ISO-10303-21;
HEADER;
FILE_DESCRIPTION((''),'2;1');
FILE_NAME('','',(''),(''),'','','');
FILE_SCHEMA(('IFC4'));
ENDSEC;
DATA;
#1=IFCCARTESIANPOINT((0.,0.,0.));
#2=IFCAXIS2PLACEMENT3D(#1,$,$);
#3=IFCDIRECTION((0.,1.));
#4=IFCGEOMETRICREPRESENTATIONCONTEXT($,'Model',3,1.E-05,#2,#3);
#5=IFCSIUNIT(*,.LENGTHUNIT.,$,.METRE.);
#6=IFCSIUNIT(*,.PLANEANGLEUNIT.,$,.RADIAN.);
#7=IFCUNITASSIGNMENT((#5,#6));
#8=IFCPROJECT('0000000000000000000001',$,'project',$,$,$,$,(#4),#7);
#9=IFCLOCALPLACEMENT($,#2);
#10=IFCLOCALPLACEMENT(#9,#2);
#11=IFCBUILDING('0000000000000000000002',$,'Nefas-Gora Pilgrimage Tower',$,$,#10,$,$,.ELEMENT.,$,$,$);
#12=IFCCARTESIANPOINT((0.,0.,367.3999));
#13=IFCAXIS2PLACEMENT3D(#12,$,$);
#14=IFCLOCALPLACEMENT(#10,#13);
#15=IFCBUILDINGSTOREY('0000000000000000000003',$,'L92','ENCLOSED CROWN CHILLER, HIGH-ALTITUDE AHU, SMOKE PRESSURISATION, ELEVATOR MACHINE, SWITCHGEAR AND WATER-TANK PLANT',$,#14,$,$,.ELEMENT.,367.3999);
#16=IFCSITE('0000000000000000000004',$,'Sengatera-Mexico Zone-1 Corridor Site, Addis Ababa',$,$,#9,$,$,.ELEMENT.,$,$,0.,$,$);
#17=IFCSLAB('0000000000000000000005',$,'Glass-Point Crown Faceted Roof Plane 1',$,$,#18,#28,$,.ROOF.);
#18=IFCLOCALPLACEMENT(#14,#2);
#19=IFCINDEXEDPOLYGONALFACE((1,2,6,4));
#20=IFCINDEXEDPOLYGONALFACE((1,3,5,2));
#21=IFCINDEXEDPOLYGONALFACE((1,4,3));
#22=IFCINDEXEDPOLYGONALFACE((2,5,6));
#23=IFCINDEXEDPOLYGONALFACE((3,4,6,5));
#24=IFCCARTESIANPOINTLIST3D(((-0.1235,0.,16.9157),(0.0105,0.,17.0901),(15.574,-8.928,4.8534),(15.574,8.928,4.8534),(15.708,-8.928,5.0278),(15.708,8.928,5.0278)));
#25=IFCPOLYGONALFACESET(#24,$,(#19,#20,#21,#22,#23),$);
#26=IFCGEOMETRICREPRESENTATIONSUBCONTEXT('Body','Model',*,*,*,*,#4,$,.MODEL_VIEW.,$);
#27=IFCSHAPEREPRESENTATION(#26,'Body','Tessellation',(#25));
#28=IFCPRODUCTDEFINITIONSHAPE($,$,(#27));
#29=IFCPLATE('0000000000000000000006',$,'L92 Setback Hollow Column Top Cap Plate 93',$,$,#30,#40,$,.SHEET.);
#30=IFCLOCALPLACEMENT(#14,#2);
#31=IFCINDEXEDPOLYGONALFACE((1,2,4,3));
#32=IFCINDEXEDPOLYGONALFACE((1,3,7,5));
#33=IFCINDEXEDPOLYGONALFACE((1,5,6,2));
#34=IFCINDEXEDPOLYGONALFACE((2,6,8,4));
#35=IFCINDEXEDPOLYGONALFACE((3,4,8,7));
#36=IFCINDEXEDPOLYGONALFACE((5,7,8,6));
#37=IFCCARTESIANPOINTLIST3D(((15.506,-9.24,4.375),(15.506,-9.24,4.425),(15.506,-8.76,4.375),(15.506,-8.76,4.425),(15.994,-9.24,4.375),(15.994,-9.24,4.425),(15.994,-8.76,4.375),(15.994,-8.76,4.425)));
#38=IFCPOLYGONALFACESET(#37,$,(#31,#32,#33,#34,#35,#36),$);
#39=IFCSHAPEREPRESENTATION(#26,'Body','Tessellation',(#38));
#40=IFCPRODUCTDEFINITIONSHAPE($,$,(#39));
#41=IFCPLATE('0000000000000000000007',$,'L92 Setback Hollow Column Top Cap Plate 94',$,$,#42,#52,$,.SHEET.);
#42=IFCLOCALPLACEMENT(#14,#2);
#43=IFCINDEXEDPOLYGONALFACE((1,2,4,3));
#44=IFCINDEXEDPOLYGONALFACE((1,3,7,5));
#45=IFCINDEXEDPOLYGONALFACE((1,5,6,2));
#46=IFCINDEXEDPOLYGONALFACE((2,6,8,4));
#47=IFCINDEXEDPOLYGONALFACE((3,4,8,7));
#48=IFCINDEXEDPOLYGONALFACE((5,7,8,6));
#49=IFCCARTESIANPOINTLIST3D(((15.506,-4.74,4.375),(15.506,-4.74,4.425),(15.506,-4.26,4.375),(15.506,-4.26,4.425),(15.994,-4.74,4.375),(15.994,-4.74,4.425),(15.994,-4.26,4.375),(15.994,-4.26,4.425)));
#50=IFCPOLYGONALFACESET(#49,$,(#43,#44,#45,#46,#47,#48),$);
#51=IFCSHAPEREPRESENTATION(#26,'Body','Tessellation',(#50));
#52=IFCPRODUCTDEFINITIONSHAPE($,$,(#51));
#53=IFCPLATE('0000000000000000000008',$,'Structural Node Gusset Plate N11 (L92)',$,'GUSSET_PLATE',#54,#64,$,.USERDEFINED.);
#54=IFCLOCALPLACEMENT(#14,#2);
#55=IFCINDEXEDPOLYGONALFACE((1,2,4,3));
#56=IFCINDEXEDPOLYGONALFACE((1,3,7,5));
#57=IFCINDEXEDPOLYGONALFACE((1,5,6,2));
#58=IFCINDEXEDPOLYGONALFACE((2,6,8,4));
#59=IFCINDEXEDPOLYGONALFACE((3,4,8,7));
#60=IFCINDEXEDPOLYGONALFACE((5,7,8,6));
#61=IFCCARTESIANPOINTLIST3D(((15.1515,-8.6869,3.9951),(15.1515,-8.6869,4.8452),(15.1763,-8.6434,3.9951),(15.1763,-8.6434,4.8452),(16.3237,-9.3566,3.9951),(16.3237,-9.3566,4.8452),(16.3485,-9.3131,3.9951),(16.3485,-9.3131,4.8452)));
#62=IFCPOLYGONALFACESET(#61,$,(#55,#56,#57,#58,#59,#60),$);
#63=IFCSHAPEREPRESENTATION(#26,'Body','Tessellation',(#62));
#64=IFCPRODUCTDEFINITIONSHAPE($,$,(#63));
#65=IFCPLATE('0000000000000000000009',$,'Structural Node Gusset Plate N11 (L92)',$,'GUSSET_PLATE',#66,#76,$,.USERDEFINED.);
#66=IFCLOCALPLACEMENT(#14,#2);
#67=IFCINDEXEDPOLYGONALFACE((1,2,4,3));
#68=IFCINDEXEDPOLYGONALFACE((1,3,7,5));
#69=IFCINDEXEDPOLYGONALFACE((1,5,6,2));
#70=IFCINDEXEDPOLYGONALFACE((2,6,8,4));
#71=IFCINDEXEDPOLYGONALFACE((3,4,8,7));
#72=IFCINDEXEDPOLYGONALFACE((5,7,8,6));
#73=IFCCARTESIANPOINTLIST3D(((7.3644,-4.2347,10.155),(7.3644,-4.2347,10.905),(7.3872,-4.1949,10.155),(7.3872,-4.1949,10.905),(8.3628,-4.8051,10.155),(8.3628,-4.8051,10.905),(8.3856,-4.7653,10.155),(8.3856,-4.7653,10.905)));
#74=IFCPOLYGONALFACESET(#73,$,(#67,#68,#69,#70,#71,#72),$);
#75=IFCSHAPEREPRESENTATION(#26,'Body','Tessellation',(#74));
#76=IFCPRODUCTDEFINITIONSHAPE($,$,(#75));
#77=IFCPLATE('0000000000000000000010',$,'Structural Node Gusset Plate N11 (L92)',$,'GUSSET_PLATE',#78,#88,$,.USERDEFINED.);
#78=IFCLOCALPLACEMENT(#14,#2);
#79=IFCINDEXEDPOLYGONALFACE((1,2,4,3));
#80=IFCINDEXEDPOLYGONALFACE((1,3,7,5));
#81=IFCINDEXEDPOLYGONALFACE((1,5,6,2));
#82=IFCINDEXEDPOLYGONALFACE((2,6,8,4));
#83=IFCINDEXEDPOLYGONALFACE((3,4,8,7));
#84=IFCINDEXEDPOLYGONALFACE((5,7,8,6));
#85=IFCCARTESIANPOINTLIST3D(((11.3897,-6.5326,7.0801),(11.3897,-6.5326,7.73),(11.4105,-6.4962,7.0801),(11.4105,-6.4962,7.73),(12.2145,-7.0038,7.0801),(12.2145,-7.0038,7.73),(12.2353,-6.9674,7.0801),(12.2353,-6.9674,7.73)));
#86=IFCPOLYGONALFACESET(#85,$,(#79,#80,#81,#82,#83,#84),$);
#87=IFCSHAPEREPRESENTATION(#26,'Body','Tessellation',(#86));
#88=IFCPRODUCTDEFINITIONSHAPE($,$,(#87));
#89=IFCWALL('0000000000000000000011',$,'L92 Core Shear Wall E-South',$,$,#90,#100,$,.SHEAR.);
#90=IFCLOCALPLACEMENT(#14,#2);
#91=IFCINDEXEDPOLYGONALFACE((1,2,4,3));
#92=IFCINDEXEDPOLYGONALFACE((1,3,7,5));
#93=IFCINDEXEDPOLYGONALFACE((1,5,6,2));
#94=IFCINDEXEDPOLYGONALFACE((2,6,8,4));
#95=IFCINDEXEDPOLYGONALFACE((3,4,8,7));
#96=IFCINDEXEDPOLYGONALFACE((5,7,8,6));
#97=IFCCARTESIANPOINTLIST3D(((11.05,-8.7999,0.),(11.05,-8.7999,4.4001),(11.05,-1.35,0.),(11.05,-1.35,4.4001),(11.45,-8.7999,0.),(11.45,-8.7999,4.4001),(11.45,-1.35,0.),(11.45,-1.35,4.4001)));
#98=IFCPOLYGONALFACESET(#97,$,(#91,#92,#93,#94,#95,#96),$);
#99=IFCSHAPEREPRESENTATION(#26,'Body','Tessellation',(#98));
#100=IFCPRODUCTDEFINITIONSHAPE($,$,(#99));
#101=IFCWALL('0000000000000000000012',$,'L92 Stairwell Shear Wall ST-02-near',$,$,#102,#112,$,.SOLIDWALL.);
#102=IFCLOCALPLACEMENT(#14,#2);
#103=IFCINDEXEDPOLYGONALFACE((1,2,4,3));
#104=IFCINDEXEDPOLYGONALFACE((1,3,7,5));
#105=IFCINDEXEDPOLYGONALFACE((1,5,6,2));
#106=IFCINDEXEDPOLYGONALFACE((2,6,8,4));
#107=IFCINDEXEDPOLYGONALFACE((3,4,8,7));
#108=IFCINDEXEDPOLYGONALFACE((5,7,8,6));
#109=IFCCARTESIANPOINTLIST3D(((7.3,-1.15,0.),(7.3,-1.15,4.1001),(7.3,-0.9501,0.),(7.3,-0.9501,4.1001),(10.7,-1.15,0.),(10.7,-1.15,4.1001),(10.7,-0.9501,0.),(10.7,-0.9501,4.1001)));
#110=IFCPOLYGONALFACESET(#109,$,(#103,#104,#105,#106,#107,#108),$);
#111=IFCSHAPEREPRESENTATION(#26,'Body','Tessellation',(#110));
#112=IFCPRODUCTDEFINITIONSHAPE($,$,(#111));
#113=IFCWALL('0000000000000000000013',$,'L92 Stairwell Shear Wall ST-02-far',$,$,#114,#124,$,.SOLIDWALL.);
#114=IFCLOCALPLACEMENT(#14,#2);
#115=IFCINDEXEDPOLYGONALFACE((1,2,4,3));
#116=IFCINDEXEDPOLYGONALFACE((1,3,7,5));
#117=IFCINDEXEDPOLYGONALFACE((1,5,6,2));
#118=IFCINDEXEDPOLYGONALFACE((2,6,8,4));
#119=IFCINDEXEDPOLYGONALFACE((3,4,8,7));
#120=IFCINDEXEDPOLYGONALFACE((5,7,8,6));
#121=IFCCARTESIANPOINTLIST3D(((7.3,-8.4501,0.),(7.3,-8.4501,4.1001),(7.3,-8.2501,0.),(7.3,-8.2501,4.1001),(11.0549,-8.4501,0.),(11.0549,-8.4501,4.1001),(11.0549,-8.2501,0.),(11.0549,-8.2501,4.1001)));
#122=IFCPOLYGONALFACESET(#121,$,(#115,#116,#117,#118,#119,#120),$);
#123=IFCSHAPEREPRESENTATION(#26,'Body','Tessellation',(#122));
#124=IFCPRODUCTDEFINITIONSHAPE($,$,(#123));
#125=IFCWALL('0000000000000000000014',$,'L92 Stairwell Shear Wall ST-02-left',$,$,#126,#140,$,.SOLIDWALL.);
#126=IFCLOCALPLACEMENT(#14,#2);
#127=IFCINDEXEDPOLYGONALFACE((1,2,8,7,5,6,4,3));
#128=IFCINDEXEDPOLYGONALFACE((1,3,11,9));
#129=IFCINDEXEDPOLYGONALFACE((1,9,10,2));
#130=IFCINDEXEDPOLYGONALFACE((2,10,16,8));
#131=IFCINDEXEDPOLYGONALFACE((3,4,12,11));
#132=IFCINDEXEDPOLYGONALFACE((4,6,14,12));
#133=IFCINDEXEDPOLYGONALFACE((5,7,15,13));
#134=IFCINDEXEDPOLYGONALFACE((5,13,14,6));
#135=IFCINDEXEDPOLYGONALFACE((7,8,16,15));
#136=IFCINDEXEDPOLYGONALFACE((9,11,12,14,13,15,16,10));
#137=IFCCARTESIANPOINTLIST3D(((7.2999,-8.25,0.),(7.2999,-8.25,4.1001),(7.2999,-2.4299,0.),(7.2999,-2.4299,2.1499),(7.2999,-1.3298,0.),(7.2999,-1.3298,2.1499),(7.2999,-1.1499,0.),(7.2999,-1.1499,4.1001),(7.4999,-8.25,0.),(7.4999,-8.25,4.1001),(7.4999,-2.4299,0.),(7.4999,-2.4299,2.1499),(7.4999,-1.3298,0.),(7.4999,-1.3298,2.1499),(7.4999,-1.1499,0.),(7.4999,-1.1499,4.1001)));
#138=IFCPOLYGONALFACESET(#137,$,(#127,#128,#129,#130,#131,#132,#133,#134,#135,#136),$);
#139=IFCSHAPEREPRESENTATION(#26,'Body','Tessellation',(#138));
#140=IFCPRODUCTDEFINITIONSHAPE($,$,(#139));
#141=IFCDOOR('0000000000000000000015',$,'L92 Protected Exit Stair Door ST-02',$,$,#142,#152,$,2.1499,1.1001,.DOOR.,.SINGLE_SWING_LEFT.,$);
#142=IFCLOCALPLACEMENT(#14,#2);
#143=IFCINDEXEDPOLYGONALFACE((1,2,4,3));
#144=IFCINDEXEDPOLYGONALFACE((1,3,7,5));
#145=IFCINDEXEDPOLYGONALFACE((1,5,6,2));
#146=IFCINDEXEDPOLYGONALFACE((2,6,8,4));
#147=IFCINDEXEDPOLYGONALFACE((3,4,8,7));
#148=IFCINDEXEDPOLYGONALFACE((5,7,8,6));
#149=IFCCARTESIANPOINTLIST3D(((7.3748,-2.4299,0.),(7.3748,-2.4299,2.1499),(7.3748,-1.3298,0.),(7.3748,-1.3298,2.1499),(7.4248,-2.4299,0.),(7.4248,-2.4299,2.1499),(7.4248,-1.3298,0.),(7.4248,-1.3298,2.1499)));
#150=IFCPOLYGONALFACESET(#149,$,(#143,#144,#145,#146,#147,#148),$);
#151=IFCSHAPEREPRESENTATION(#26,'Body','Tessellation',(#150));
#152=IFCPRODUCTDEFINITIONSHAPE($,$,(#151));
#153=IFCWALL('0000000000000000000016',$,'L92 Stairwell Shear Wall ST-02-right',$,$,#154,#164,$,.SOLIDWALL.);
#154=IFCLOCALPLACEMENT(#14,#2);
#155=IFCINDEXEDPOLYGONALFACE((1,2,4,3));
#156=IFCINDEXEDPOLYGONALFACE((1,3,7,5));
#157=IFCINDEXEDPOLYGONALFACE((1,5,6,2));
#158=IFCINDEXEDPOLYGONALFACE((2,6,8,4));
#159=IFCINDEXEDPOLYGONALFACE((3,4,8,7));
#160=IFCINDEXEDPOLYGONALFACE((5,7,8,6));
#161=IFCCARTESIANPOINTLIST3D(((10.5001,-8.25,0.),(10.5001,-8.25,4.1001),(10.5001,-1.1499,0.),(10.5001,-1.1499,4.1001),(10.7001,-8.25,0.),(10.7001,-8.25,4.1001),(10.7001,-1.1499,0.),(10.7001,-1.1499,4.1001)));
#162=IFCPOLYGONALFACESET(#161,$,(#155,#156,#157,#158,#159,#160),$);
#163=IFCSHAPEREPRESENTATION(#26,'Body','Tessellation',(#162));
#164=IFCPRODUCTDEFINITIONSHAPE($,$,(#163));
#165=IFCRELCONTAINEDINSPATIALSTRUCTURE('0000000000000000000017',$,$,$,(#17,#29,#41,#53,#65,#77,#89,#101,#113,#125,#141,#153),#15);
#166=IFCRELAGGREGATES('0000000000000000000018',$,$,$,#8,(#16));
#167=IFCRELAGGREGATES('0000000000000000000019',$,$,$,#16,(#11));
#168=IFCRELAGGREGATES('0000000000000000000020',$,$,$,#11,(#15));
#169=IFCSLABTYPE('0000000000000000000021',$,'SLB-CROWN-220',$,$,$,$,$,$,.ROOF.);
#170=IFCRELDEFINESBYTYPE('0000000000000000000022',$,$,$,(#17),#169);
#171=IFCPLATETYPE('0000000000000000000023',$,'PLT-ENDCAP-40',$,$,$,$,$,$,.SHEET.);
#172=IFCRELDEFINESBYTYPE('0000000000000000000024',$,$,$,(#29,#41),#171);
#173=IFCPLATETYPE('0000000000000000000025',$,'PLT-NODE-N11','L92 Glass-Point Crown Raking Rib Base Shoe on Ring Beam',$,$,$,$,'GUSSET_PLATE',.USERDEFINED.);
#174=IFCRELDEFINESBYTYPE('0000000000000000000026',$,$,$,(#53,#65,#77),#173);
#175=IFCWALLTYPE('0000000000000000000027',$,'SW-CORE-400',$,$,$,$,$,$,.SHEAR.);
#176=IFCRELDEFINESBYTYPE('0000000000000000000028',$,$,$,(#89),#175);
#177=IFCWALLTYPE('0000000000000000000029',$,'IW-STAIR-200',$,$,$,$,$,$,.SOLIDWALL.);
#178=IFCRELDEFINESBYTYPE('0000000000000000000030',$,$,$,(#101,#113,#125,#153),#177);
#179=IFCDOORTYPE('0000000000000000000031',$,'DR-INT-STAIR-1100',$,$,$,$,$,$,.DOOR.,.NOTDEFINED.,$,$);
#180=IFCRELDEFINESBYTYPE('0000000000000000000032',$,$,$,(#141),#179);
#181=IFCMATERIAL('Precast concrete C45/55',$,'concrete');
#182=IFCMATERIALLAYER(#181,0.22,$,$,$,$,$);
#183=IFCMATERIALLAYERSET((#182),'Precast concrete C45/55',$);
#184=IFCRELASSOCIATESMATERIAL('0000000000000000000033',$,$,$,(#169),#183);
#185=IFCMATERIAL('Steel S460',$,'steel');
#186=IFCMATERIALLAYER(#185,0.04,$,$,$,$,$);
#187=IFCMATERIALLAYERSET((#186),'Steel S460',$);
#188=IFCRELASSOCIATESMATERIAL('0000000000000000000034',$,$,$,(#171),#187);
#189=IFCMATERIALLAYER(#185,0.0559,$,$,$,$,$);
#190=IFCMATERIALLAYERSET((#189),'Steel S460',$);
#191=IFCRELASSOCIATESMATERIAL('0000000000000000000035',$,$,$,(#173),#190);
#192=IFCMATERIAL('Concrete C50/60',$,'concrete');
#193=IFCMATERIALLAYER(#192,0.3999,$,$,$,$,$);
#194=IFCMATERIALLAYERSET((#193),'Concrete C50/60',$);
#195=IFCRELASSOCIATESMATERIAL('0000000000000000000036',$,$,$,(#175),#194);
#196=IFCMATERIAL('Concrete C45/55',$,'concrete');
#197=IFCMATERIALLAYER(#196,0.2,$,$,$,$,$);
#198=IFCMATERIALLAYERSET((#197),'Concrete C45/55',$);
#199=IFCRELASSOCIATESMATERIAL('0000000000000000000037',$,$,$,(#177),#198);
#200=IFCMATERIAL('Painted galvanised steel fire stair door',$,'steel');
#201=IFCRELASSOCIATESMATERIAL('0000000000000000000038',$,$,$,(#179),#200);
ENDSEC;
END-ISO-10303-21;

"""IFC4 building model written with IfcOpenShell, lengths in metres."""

from ifc_helpers import new_model, si_unit, direction, frame, frame_2d, origin, origin_2d, place, context, subcontext, project, spatial, polyline, rectangle, outline, extrude, source, transform, mapped, material, layer, layer_set, type_object, element, fill, save


model = new_model("IFC4")

# Units and contexts
model_context = context("Model", 3, precision=1e-05, world=origin(), true_north=direction((0.0, 1.0)))
body_context = subcontext(model_context, "Body", "Model", "MODEL_VIEW")
ifc_project = project(units=[si_unit("LENGTHUNIT", "METRE"), si_unit("PLANEANGLEUNIT", "RADIAN")], contexts=[model_context])

# Site, building, storey
site_placement = place(None, origin())
site = spatial("IfcSite", under=ifc_project, at=site_placement, Name="Sengatera-Mexico Zone-1 Corridor Site, Addis Ababa", CompositionType="ELEMENT", RefElevation=0.0)
building_placement = place(site_placement, origin())
building = spatial("IfcBuilding", under=site, at=building_placement, Name="Nefas-Gora Pilgrimage Tower", CompositionType="ELEMENT")
storey_placement = place(building_placement, frame((0.0, 0.0, 367.3999)))
storey = spatial("IfcBuildingStorey", under=building, at=storey_placement, Name="L92", Description="ENCLOSED CROWN CHILLER, HIGH-ALTITUDE AHU, SMOKE PRESSURISATION, ELEVATOR MACHINE, SWITCHGEAR AND WATER-TANK PLANT", CompositionType="ELEMENT", Elevation=367.3999)

# Shared definitions
ifc_material_1 = material(Name="Concrete C50/60", Category="concrete")

# Shared definitions
ifc_material_2 = material(Name="Steel S460", Category="steel")

# Slab
ifc_material_3 = material(Name="Precast concrete C45/55", Category="concrete")
ifc_layer_1 = layer(ifc_material_3, 0.22)
ifc_layer_set_1 = layer_set([ifc_layer_1], Name="Precast concrete C45/55")
slab_type = type_object("IfcSlabType", Name="SLB-CROWN-220", PredefinedType="ROOF", material=ifc_layer_set_1)
slab_placement = place(storey_placement, frame((15.708, -8.928, 5.0278), z_axis=(0.609306, 0.0, 0.792935), x_axis=(0.0, 1.0, 0.0)))
element("IfcSlab", 1, at=slab_placement, inside=storey, type_object=slab_type, Name="Glass-Point Crown Faceted Roof Plane 1", PredefinedType="ROOF", context=body_context, shape_type="SweptSolid", body=[
    extrude(outline(polyline([(0.0, 0.0), (17.856, 0.0), (8.928, 19.7967), (0.0, 0.0)])), origin(), (0.0, 0.0, -1.0), 0.22),
])

# Plates
ifc_layer_2 = layer(ifc_material_2, 0.04)
ifc_layer_set_2 = layer_set([ifc_layer_2], Name="Steel S460")
plate_type_1 = type_object("IfcPlateType", Name="PLT-ENDCAP-40", PredefinedType="SHEET", material=ifc_layer_set_2)
shared_shape_1 = source(origin(), body_context, "Body", "SweptSolid", [
    extrude(rectangle(XDim=0.488, YDim=0.48, at=origin_2d()), origin(), (0.0, 0.0, 1.0), 0.05),
])
for number, where, z_axis, x_axis, name in (
    (2, (15.75, -9.0, 4.375), (0.0, 0.0, 1.0), (1.0, 0.0, 0.0), "L92 Setback Hollow Column Top Cap Plate 93"),
    (3, (15.75, -4.5, 4.375), (0.0, 0.0, 1.0), (1.0, 0.0, 0.0), "L92 Setback Hollow Column Top Cap Plate 94"),
):
    element("IfcPlate", number, at=place(storey_placement, frame(where, z_axis=z_axis, x_axis=x_axis)), inside=storey, type_object=plate_type_1, Name=name, PredefinedType="SHEET", context=body_context, shape_type="MappedRepresentation", body=[
        mapped(shared_shape_1, transform((0.0, 0.0, 0.0), x_axis=(1.0, 0.0, 0.0), y_axis=(0.0, 1.0, 0.0), z_axis=(0.0, 0.0, 1.0), scale=1.0)),
    ])
ifc_layer_3 = layer(ifc_material_2, 0.0559)
ifc_layer_set_3 = layer_set([ifc_layer_3], Name="Steel S460")
plate_type_2 = type_object("IfcPlateType", Name="PLT-NODE-N11", Description="L92 Glass-Point Crown Raking Rib Base Shoe on Ring Beam", ElementType="GUSSET_PLATE", PredefinedType="USERDEFINED", material=ifc_layer_set_3)
shared_shape_2 = source(origin(), body_context, "Body", "SweptSolid", [
    extrude(rectangle(XDim=1.3501, YDim=0.05, at=origin_2d()), origin(), (0.0, 0.0, 1.0), 0.8501),
])
plate_1_placement = place(storey_placement, frame((15.75, -9.0, 3.9951), z_axis=(0.0, 0.0, 1.0), x_axis=(0.868285, -0.496065, 0.0)))
element("IfcPlate", 4, at=plate_1_placement, inside=storey, type_object=plate_type_2, Name="Structural Node Gusset Plate N11 (L92)", ObjectType="GUSSET_PLATE", PredefinedType="USERDEFINED", context=body_context, shape_type="MappedRepresentation", body=[
    mapped(shared_shape_2, transform((0.0, 0.0, 0.0), x_axis=(1.0, 0.0, 0.0), y_axis=(0.0, 1.0, 0.0), z_axis=(0.0, 0.0, 1.0), scale=1.0)),
])
shared_shape_3 = source(origin(), body_context, "Body", "SweptSolid", [
    extrude(rectangle(XDim=1.1499, YDim=0.0459, at=origin_2d()), origin(), (0.0, 0.0, 1.0), 0.75),
])
plate_2_placement = place(storey_placement, frame((7.875, -4.5, 10.155), z_axis=(0.0, 0.0, 1.0), x_axis=(0.868285, -0.496065, 0.0)))
element("IfcPlate", 5, at=plate_2_placement, inside=storey, type_object=plate_type_2, Name="Structural Node Gusset Plate N11 (L92)", ObjectType="GUSSET_PLATE", PredefinedType="USERDEFINED", context=body_context, shape_type="MappedRepresentation", body=[
    mapped(shared_shape_3, transform((0.0, 0.0, 0.0), x_axis=(1.0, 0.0, 0.0), y_axis=(0.0, 1.0, 0.0), z_axis=(0.0, 0.0, 1.0), scale=1.0)),
])
shared_shape_4 = source(origin(), body_context, "Body", "SweptSolid", [
    extrude(rectangle(XDim=0.95, YDim=0.042, at=origin_2d()), origin(), (0.0, 0.0, 1.0), 0.6499),
])
plate_3_placement = place(storey_placement, frame((11.8125, -6.75, 7.0801), z_axis=(0.0, 0.0, 1.0), x_axis=(0.868285, -0.496065, 0.0)))
element("IfcPlate", 6, at=plate_3_placement, inside=storey, type_object=plate_type_2, Name="Structural Node Gusset Plate N11 (L92)", ObjectType="GUSSET_PLATE", PredefinedType="USERDEFINED", context=body_context, shape_type="MappedRepresentation", body=[
    mapped(shared_shape_4, transform((0.0, 0.0, 0.0), x_axis=(1.0, 0.0, 0.0), y_axis=(0.0, 1.0, 0.0), z_axis=(0.0, 0.0, 1.0), scale=1.0)),
])

# Walls
ifc_layer_4 = layer(ifc_material_1, 0.3999)
ifc_layer_set_4 = layer_set([ifc_layer_4], Name="Concrete C50/60")
wall_type_1 = type_object("IfcWallType", Name="SW-CORE-400", PredefinedType="SHEAR", material=ifc_layer_set_4)
shared_shape_5 = source(origin(), body_context, "Body", "SweptSolid", [
    extrude(rectangle(XDim=7.45, YDim=0.3999, at=frame_2d((3.7251, 0.0))), origin(), (0.0, 0.0, 1.0), 4.4001),
])
wall_1_placement = place(storey_placement, frame((11.25, -8.8, 0.0), z_axis=(0.0, 0.0, 1.0), x_axis=(0.0, 1.0, 0.0)))
element("IfcWall", 7, at=wall_1_placement, inside=storey, type_object=wall_type_1, Name="L92 Core Shear Wall E-South", PredefinedType="SHEAR", context=body_context, shape_type="MappedRepresentation", body=[
    mapped(shared_shape_5, transform((0.0, 0.0, 0.0), x_axis=(1.0, 0.0, 0.0), y_axis=(0.0, 1.0, 0.0), z_axis=(0.0, 0.0, 1.0), scale=1.0)),
])
ifc_material_4 = material(Name="Concrete C45/55", Category="concrete")
ifc_layer_5 = layer(ifc_material_4, 0.2)
ifc_layer_set_5 = layer_set([ifc_layer_5], Name="Concrete C45/55")
wall_type_2 = type_object("IfcWallType", Name="IW-STAIR-200", PredefinedType="SOLIDWALL", material=ifc_layer_set_5)
shared_shape_6 = source(origin(), body_context, "Body", "SweptSolid", [
    extrude(rectangle(XDim=3.3999, YDim=0.2, at=frame_2d((1.7, 0.0))), origin(), (0.0, 0.0, 1.0), 4.1001),
])
wall_2_placement = place(storey_placement, frame((7.3, -1.05, 0.0), z_axis=(0.0, 0.0, 1.0), x_axis=(1.0, 0.0, 0.0)))
element("IfcWall", 8, at=wall_2_placement, inside=storey, type_object=wall_type_2, Name="L92 Stairwell Shear Wall ST-02-near", PredefinedType="SOLIDWALL", context=body_context, shape_type="MappedRepresentation", body=[
    mapped(shared_shape_6, transform((0.0, 0.0, 0.0), x_axis=(1.0, 0.0, 0.0), y_axis=(0.0, 1.0, 0.0), z_axis=(0.0, 0.0, 1.0), scale=1.0)),
])
shared_shape_7 = source(origin(), body_context, "Body", "SweptSolid", [
    extrude(rectangle(XDim=3.7549, YDim=0.2, at=frame_2d((1.8774, 0.0))), origin(), (0.0, 0.0, 1.0), 4.1001),
])
wall_3_placement = place(storey_placement, frame((7.3, -8.3501, 0.0), z_axis=(0.0, 0.0, 1.0), x_axis=(1.0, 0.0, 0.0)))
element("IfcWall", 9, at=wall_3_placement, inside=storey, type_object=wall_type_2, Name="L92 Stairwell Shear Wall ST-02-far", PredefinedType="SOLIDWALL", context=body_context, shape_type="MappedRepresentation", body=[
    mapped(shared_shape_7, transform((0.0, 0.0, 0.0), x_axis=(1.0, 0.0, 0.0), y_axis=(0.0, 1.0, 0.0), z_axis=(0.0, 0.0, 1.0), scale=1.0)),
])

# Wall, opening, door
shared_shape_8 = source(origin(), body_context, "Body", "SweptSolid", [
    extrude(rectangle(XDim=7.1001, YDim=0.2, at=frame_2d((3.55, 0.0))), origin(), (0.0, 0.0, 1.0), 4.1001),
])
wall_4_placement = place(storey_placement, frame((7.3999, -1.1499, 0.0), z_axis=(0.0, 0.0, 1.0), x_axis=(0.0, -1.0, 0.0)))
wall_4 = element("IfcWall", 10, at=wall_4_placement, inside=storey, type_object=wall_type_2, Name="L92 Stairwell Shear Wall ST-02-left", PredefinedType="SOLIDWALL", context=body_context, shape_type="MappedRepresentation", body=[
    mapped(shared_shape_8, transform((0.0, 0.0, 0.0), x_axis=(1.0, 0.0, 0.0), y_axis=(0.0, 1.0, 0.0), z_axis=(0.0, 0.0, 1.0), scale=1.0)),
])
opening_1_placement = place(wall_4_placement, frame((0.1799, 0.0, 0.0)))
opening_1 = element("IfcOpeningElement", 11, at=opening_1_placement, cuts=wall_4, PredefinedType="OPENING", context=body_context, shape_type="SweptSolid", body=[
    extrude(rectangle(XDim=1.1001, YDim=2.1499, at=frame_2d((0.55, 1.075))), frame((0.0, 0.1099, 0.0), z_axis=(0.0, -1.0, 0.0), x_axis=(1.0, 0.0, 0.0)), (0.0, 0.0, 1.0), 0.22),
])
ifc_material_5 = material(Name="Painted galvanised steel fire stair door", Category="steel")
door_type_1 = type_object("IfcDoorType", Name="DR-INT-STAIR-1100", OperationType="NOTDEFINED", PredefinedType="DOOR", material=ifc_material_5)
shared_shape_9 = source(origin(), body_context, "Body", "SweptSolid", [
    extrude(rectangle(XDim=1.1001, YDim=2.1499, at=frame_2d((0.55, 1.075))), frame((0.0, 0.0249, 0.0), z_axis=(0.0, -1.0, 0.0), x_axis=(1.0, 0.0, 0.0)), (0.0, 0.0, 1.0), 0.05),
])
door_1_placement = place(opening_1_placement, origin())
door_1 = element("IfcDoor", 12, at=door_1_placement, inside=storey, type_object=door_type_1, Name="L92 Protected Exit Stair Door ST-02", OperationType="SINGLE_SWING_LEFT", OverallHeight=2.1499, OverallWidth=1.1001, PredefinedType="DOOR", context=body_context, shape_type="MappedRepresentation", body=[
    mapped(shared_shape_9, transform((0.0, 0.0, 0.0), x_axis=(1.0, 0.0, 0.0), y_axis=(0.0, 1.0, 0.0), z_axis=(0.0, 0.0, 1.0), scale=1.0)),
])
fill(opening_1, door_1)

# Wall
wall_5_placement = place(storey_placement, frame((10.6001, -1.1499, 0.0), z_axis=(0.0, 0.0, 1.0), x_axis=(0.0, -1.0, 0.0)))
element("IfcWall", 13, at=wall_5_placement, inside=storey, type_object=wall_type_2, Name="L92 Stairwell Shear Wall ST-02-right", PredefinedType="SOLIDWALL", context=body_context, shape_type="MappedRepresentation", body=[
    mapped(shared_shape_8, transform((0.0, 0.0, 0.0), x_axis=(1.0, 0.0, 0.0), y_axis=(0.0, 1.0, 0.0), z_axis=(0.0, 0.0, 1.0), scale=1.0)),
])

save(model, "model.ifc")
